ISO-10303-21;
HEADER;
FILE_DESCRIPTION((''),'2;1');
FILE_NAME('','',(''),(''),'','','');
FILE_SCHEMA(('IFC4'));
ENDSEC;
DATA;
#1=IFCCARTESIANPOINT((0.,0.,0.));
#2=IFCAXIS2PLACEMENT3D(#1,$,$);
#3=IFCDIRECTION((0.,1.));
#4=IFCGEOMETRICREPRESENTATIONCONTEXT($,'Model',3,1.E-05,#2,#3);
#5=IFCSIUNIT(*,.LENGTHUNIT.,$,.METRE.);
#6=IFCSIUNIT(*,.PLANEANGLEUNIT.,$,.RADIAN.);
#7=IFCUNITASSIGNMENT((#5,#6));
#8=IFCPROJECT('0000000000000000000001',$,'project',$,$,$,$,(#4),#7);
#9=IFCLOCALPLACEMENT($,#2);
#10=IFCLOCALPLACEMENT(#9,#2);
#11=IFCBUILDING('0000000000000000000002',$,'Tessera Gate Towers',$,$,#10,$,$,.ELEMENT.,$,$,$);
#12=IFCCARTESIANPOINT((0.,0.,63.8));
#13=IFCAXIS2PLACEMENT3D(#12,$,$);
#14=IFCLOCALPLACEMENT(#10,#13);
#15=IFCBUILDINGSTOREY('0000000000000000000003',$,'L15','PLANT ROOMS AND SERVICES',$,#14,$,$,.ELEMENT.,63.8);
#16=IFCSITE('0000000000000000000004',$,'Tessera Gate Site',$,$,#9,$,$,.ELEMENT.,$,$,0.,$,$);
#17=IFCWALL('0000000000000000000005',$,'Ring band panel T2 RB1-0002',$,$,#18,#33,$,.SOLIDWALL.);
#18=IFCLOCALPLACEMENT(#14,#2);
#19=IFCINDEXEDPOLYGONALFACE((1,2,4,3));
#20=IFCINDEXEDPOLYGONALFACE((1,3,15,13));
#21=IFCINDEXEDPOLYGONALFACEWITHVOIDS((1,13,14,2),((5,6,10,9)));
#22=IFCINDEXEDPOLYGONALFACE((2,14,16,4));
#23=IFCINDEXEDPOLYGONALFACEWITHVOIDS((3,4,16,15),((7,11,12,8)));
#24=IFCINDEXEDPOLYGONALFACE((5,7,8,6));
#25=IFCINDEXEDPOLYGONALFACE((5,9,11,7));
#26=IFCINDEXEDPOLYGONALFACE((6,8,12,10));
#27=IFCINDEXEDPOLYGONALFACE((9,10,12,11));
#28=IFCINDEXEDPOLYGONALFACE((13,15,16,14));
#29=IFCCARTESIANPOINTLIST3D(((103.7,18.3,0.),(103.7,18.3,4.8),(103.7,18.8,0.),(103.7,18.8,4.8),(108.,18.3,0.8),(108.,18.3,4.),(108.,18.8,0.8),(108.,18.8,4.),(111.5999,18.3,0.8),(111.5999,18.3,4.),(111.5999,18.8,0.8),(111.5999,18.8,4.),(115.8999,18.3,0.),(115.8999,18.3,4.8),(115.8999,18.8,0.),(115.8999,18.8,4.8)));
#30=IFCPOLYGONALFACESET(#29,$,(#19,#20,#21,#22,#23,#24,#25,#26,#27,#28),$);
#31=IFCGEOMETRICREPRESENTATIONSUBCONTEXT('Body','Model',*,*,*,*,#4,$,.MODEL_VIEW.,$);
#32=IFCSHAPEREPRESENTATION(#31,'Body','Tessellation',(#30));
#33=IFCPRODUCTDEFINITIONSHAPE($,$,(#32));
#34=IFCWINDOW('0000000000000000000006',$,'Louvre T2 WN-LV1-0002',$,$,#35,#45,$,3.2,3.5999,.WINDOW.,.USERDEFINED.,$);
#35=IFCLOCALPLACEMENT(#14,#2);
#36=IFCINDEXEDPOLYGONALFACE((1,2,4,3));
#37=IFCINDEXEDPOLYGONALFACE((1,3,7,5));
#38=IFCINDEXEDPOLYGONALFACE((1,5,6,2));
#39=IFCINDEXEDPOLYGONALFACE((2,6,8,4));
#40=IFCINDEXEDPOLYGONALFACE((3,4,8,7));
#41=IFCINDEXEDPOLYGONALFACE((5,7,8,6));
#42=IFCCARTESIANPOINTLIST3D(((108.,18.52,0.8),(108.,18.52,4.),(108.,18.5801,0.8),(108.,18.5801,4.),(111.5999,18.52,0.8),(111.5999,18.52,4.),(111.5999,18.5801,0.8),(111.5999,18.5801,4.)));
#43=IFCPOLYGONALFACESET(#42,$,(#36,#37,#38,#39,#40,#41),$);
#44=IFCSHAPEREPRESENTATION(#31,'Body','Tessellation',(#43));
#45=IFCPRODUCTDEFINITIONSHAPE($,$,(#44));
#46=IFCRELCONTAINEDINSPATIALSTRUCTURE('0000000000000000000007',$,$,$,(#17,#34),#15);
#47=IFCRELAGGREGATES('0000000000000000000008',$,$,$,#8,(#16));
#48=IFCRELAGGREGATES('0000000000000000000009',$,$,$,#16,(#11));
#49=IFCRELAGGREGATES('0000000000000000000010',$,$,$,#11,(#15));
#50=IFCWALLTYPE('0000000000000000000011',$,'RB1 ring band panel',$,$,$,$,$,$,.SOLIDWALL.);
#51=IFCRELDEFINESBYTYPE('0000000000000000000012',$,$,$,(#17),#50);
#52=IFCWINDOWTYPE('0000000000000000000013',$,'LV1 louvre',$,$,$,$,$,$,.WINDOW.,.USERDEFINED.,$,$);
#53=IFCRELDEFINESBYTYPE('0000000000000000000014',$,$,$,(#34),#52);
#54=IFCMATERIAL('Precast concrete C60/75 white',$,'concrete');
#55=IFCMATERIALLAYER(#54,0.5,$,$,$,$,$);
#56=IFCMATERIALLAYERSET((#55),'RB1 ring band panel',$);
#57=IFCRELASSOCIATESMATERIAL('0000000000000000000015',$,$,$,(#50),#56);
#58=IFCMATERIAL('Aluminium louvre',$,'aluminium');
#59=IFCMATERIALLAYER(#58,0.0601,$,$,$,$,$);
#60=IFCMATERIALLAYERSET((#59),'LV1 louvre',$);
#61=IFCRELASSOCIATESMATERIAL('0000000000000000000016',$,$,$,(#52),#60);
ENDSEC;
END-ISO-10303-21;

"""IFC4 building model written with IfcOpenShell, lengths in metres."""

from ifc_helpers import new_model, si_unit, direction, frame, origin, place, context, subcontext, project, spatial, polyline, outline, extrude, source, transform, mapped, material, layer, layer_set, type_object, element, fill, save


model = new_model("IFC4")

# Units and contexts
model_context = context("Model", 3, precision=1e-05, world=origin(), true_north=direction((0.0, 1.0)))
body_context = subcontext(model_context, "Body", "Model", "MODEL_VIEW")
ifc_project = project(units=[si_unit("LENGTHUNIT", "METRE"), si_unit("PLANEANGLEUNIT", "RADIAN")], contexts=[model_context])

# Site, building, storey
site_placement = place(None, origin())
site = spatial("IfcSite", under=ifc_project, at=site_placement, Name="Tessera Gate Site", CompositionType="ELEMENT", RefElevation=0.0)
building_placement = place(site_placement, origin())
building = spatial("IfcBuilding", under=site, at=building_placement, Name="Tessera Gate Towers", CompositionType="ELEMENT")
storey_placement = place(building_placement, frame((0.0, 0.0, 63.8)))
storey = spatial("IfcBuildingStorey", under=building, at=storey_placement, Name="L15", Description="PLANT ROOMS AND SERVICES", CompositionType="ELEMENT", Elevation=63.8)

# Wall, opening, window
ifc_material_1 = material(Name="Precast concrete C60/75 white", Category="concrete")
ifc_layer_1 = layer(ifc_material_1, 0.5)
ifc_layer_set_1 = layer_set([ifc_layer_1], Name="RB1 ring band panel")
wall_type_1 = type_object("IfcWallType", Name="RB1 ring band panel", PredefinedType="SOLIDWALL", material=ifc_layer_set_1)
shared_shape_1 = source(origin(), body_context, "Body", "SweptSolid", [
    extrude(outline(polyline([(0.0, 0.0), (12.2, 0.0), (12.2, 4.8), (0.0, 4.8), (0.0, 0.0)])), frame((0.0, 0.25, 0.0), z_axis=(0.0, -1.0, 0.0), x_axis=(1.0, 0.0, 0.0)), (0.0, 0.0, 1.0), 0.5),
])
wall_1_placement = place(storey_placement, frame((103.7, 18.55, 0.0), z_axis=(0.0, 0.0, 1.0), x_axis=(1.0, 0.0, 0.0)))
wall_1 = element("IfcWall", 1, at=wall_1_placement, inside=storey, type_object=wall_type_1, Name="Ring band panel T2 RB1-0002", PredefinedType="SOLIDWALL", context=body_context, shape_type="MappedRepresentation", body=[
    mapped(shared_shape_1, transform((0.0, 0.0, 0.0), scale=1.0)),
])
shared_shape_2 = source(origin(), body_context, "Body", "SweptSolid", [
    extrude(outline(polyline([(4.3, 0.8), (7.8999, 0.8), (7.8999, 4.0), (4.3, 4.0), (4.3, 0.8)])), frame((0.0, 0.26, 0.0), z_axis=(0.0, -1.0, 0.0), x_axis=(1.0, 0.0, 0.0)), (0.0, 0.0, 1.0), 0.52),
])
opening_1_placement = place(wall_1_placement, origin())
opening_1 = element("IfcOpeningElement", 2, at=opening_1_placement, cuts=wall_1, PredefinedType="OPENING", context=body_context, shape_type="MappedRepresentation", body=[
    mapped(shared_shape_2, transform((0.0, 0.0, 0.0), scale=1.0)),
])
ifc_material_2 = material(Name="Aluminium louvre", Category="aluminium")
ifc_layer_2 = layer(ifc_material_2, 0.0601)
ifc_layer_set_2 = layer_set([ifc_layer_2], Name="LV1 louvre")
window_type = type_object("IfcWindowType", Name="LV1 louvre", PartitioningType="USERDEFINED", PredefinedType="WINDOW", material=ifc_layer_set_2)
shared_shape_3 = source(origin(), body_context, "Body", "SweptSolid", [
    extrude(outline(polyline([(4.3, 0.8), (7.8999, 0.8), (7.8999, 4.0), (4.3, 4.0), (4.3, 0.8)])), frame((0.0, 0.03, 0.0), z_axis=(0.0, -1.0, 0.0), x_axis=(1.0, 0.0, 0.0)), (0.0, 0.0, 1.0), 0.0601),
])
window_placement = place(opening_1_placement, origin())
window = element("IfcWindow", 3, at=window_placement, inside=storey, type_object=window_type, Name="Louvre T2 WN-LV1-0002", OverallHeight=3.2, OverallWidth=3.5999, PartitioningType="USERDEFINED", PredefinedType="WINDOW", context=body_context, shape_type="MappedRepresentation", body=[
    mapped(shared_shape_3, transform((0.0, 0.0, 0.0), scale=1.0)),
])
fill(opening_1, window)

save(model, "model.ifc")
